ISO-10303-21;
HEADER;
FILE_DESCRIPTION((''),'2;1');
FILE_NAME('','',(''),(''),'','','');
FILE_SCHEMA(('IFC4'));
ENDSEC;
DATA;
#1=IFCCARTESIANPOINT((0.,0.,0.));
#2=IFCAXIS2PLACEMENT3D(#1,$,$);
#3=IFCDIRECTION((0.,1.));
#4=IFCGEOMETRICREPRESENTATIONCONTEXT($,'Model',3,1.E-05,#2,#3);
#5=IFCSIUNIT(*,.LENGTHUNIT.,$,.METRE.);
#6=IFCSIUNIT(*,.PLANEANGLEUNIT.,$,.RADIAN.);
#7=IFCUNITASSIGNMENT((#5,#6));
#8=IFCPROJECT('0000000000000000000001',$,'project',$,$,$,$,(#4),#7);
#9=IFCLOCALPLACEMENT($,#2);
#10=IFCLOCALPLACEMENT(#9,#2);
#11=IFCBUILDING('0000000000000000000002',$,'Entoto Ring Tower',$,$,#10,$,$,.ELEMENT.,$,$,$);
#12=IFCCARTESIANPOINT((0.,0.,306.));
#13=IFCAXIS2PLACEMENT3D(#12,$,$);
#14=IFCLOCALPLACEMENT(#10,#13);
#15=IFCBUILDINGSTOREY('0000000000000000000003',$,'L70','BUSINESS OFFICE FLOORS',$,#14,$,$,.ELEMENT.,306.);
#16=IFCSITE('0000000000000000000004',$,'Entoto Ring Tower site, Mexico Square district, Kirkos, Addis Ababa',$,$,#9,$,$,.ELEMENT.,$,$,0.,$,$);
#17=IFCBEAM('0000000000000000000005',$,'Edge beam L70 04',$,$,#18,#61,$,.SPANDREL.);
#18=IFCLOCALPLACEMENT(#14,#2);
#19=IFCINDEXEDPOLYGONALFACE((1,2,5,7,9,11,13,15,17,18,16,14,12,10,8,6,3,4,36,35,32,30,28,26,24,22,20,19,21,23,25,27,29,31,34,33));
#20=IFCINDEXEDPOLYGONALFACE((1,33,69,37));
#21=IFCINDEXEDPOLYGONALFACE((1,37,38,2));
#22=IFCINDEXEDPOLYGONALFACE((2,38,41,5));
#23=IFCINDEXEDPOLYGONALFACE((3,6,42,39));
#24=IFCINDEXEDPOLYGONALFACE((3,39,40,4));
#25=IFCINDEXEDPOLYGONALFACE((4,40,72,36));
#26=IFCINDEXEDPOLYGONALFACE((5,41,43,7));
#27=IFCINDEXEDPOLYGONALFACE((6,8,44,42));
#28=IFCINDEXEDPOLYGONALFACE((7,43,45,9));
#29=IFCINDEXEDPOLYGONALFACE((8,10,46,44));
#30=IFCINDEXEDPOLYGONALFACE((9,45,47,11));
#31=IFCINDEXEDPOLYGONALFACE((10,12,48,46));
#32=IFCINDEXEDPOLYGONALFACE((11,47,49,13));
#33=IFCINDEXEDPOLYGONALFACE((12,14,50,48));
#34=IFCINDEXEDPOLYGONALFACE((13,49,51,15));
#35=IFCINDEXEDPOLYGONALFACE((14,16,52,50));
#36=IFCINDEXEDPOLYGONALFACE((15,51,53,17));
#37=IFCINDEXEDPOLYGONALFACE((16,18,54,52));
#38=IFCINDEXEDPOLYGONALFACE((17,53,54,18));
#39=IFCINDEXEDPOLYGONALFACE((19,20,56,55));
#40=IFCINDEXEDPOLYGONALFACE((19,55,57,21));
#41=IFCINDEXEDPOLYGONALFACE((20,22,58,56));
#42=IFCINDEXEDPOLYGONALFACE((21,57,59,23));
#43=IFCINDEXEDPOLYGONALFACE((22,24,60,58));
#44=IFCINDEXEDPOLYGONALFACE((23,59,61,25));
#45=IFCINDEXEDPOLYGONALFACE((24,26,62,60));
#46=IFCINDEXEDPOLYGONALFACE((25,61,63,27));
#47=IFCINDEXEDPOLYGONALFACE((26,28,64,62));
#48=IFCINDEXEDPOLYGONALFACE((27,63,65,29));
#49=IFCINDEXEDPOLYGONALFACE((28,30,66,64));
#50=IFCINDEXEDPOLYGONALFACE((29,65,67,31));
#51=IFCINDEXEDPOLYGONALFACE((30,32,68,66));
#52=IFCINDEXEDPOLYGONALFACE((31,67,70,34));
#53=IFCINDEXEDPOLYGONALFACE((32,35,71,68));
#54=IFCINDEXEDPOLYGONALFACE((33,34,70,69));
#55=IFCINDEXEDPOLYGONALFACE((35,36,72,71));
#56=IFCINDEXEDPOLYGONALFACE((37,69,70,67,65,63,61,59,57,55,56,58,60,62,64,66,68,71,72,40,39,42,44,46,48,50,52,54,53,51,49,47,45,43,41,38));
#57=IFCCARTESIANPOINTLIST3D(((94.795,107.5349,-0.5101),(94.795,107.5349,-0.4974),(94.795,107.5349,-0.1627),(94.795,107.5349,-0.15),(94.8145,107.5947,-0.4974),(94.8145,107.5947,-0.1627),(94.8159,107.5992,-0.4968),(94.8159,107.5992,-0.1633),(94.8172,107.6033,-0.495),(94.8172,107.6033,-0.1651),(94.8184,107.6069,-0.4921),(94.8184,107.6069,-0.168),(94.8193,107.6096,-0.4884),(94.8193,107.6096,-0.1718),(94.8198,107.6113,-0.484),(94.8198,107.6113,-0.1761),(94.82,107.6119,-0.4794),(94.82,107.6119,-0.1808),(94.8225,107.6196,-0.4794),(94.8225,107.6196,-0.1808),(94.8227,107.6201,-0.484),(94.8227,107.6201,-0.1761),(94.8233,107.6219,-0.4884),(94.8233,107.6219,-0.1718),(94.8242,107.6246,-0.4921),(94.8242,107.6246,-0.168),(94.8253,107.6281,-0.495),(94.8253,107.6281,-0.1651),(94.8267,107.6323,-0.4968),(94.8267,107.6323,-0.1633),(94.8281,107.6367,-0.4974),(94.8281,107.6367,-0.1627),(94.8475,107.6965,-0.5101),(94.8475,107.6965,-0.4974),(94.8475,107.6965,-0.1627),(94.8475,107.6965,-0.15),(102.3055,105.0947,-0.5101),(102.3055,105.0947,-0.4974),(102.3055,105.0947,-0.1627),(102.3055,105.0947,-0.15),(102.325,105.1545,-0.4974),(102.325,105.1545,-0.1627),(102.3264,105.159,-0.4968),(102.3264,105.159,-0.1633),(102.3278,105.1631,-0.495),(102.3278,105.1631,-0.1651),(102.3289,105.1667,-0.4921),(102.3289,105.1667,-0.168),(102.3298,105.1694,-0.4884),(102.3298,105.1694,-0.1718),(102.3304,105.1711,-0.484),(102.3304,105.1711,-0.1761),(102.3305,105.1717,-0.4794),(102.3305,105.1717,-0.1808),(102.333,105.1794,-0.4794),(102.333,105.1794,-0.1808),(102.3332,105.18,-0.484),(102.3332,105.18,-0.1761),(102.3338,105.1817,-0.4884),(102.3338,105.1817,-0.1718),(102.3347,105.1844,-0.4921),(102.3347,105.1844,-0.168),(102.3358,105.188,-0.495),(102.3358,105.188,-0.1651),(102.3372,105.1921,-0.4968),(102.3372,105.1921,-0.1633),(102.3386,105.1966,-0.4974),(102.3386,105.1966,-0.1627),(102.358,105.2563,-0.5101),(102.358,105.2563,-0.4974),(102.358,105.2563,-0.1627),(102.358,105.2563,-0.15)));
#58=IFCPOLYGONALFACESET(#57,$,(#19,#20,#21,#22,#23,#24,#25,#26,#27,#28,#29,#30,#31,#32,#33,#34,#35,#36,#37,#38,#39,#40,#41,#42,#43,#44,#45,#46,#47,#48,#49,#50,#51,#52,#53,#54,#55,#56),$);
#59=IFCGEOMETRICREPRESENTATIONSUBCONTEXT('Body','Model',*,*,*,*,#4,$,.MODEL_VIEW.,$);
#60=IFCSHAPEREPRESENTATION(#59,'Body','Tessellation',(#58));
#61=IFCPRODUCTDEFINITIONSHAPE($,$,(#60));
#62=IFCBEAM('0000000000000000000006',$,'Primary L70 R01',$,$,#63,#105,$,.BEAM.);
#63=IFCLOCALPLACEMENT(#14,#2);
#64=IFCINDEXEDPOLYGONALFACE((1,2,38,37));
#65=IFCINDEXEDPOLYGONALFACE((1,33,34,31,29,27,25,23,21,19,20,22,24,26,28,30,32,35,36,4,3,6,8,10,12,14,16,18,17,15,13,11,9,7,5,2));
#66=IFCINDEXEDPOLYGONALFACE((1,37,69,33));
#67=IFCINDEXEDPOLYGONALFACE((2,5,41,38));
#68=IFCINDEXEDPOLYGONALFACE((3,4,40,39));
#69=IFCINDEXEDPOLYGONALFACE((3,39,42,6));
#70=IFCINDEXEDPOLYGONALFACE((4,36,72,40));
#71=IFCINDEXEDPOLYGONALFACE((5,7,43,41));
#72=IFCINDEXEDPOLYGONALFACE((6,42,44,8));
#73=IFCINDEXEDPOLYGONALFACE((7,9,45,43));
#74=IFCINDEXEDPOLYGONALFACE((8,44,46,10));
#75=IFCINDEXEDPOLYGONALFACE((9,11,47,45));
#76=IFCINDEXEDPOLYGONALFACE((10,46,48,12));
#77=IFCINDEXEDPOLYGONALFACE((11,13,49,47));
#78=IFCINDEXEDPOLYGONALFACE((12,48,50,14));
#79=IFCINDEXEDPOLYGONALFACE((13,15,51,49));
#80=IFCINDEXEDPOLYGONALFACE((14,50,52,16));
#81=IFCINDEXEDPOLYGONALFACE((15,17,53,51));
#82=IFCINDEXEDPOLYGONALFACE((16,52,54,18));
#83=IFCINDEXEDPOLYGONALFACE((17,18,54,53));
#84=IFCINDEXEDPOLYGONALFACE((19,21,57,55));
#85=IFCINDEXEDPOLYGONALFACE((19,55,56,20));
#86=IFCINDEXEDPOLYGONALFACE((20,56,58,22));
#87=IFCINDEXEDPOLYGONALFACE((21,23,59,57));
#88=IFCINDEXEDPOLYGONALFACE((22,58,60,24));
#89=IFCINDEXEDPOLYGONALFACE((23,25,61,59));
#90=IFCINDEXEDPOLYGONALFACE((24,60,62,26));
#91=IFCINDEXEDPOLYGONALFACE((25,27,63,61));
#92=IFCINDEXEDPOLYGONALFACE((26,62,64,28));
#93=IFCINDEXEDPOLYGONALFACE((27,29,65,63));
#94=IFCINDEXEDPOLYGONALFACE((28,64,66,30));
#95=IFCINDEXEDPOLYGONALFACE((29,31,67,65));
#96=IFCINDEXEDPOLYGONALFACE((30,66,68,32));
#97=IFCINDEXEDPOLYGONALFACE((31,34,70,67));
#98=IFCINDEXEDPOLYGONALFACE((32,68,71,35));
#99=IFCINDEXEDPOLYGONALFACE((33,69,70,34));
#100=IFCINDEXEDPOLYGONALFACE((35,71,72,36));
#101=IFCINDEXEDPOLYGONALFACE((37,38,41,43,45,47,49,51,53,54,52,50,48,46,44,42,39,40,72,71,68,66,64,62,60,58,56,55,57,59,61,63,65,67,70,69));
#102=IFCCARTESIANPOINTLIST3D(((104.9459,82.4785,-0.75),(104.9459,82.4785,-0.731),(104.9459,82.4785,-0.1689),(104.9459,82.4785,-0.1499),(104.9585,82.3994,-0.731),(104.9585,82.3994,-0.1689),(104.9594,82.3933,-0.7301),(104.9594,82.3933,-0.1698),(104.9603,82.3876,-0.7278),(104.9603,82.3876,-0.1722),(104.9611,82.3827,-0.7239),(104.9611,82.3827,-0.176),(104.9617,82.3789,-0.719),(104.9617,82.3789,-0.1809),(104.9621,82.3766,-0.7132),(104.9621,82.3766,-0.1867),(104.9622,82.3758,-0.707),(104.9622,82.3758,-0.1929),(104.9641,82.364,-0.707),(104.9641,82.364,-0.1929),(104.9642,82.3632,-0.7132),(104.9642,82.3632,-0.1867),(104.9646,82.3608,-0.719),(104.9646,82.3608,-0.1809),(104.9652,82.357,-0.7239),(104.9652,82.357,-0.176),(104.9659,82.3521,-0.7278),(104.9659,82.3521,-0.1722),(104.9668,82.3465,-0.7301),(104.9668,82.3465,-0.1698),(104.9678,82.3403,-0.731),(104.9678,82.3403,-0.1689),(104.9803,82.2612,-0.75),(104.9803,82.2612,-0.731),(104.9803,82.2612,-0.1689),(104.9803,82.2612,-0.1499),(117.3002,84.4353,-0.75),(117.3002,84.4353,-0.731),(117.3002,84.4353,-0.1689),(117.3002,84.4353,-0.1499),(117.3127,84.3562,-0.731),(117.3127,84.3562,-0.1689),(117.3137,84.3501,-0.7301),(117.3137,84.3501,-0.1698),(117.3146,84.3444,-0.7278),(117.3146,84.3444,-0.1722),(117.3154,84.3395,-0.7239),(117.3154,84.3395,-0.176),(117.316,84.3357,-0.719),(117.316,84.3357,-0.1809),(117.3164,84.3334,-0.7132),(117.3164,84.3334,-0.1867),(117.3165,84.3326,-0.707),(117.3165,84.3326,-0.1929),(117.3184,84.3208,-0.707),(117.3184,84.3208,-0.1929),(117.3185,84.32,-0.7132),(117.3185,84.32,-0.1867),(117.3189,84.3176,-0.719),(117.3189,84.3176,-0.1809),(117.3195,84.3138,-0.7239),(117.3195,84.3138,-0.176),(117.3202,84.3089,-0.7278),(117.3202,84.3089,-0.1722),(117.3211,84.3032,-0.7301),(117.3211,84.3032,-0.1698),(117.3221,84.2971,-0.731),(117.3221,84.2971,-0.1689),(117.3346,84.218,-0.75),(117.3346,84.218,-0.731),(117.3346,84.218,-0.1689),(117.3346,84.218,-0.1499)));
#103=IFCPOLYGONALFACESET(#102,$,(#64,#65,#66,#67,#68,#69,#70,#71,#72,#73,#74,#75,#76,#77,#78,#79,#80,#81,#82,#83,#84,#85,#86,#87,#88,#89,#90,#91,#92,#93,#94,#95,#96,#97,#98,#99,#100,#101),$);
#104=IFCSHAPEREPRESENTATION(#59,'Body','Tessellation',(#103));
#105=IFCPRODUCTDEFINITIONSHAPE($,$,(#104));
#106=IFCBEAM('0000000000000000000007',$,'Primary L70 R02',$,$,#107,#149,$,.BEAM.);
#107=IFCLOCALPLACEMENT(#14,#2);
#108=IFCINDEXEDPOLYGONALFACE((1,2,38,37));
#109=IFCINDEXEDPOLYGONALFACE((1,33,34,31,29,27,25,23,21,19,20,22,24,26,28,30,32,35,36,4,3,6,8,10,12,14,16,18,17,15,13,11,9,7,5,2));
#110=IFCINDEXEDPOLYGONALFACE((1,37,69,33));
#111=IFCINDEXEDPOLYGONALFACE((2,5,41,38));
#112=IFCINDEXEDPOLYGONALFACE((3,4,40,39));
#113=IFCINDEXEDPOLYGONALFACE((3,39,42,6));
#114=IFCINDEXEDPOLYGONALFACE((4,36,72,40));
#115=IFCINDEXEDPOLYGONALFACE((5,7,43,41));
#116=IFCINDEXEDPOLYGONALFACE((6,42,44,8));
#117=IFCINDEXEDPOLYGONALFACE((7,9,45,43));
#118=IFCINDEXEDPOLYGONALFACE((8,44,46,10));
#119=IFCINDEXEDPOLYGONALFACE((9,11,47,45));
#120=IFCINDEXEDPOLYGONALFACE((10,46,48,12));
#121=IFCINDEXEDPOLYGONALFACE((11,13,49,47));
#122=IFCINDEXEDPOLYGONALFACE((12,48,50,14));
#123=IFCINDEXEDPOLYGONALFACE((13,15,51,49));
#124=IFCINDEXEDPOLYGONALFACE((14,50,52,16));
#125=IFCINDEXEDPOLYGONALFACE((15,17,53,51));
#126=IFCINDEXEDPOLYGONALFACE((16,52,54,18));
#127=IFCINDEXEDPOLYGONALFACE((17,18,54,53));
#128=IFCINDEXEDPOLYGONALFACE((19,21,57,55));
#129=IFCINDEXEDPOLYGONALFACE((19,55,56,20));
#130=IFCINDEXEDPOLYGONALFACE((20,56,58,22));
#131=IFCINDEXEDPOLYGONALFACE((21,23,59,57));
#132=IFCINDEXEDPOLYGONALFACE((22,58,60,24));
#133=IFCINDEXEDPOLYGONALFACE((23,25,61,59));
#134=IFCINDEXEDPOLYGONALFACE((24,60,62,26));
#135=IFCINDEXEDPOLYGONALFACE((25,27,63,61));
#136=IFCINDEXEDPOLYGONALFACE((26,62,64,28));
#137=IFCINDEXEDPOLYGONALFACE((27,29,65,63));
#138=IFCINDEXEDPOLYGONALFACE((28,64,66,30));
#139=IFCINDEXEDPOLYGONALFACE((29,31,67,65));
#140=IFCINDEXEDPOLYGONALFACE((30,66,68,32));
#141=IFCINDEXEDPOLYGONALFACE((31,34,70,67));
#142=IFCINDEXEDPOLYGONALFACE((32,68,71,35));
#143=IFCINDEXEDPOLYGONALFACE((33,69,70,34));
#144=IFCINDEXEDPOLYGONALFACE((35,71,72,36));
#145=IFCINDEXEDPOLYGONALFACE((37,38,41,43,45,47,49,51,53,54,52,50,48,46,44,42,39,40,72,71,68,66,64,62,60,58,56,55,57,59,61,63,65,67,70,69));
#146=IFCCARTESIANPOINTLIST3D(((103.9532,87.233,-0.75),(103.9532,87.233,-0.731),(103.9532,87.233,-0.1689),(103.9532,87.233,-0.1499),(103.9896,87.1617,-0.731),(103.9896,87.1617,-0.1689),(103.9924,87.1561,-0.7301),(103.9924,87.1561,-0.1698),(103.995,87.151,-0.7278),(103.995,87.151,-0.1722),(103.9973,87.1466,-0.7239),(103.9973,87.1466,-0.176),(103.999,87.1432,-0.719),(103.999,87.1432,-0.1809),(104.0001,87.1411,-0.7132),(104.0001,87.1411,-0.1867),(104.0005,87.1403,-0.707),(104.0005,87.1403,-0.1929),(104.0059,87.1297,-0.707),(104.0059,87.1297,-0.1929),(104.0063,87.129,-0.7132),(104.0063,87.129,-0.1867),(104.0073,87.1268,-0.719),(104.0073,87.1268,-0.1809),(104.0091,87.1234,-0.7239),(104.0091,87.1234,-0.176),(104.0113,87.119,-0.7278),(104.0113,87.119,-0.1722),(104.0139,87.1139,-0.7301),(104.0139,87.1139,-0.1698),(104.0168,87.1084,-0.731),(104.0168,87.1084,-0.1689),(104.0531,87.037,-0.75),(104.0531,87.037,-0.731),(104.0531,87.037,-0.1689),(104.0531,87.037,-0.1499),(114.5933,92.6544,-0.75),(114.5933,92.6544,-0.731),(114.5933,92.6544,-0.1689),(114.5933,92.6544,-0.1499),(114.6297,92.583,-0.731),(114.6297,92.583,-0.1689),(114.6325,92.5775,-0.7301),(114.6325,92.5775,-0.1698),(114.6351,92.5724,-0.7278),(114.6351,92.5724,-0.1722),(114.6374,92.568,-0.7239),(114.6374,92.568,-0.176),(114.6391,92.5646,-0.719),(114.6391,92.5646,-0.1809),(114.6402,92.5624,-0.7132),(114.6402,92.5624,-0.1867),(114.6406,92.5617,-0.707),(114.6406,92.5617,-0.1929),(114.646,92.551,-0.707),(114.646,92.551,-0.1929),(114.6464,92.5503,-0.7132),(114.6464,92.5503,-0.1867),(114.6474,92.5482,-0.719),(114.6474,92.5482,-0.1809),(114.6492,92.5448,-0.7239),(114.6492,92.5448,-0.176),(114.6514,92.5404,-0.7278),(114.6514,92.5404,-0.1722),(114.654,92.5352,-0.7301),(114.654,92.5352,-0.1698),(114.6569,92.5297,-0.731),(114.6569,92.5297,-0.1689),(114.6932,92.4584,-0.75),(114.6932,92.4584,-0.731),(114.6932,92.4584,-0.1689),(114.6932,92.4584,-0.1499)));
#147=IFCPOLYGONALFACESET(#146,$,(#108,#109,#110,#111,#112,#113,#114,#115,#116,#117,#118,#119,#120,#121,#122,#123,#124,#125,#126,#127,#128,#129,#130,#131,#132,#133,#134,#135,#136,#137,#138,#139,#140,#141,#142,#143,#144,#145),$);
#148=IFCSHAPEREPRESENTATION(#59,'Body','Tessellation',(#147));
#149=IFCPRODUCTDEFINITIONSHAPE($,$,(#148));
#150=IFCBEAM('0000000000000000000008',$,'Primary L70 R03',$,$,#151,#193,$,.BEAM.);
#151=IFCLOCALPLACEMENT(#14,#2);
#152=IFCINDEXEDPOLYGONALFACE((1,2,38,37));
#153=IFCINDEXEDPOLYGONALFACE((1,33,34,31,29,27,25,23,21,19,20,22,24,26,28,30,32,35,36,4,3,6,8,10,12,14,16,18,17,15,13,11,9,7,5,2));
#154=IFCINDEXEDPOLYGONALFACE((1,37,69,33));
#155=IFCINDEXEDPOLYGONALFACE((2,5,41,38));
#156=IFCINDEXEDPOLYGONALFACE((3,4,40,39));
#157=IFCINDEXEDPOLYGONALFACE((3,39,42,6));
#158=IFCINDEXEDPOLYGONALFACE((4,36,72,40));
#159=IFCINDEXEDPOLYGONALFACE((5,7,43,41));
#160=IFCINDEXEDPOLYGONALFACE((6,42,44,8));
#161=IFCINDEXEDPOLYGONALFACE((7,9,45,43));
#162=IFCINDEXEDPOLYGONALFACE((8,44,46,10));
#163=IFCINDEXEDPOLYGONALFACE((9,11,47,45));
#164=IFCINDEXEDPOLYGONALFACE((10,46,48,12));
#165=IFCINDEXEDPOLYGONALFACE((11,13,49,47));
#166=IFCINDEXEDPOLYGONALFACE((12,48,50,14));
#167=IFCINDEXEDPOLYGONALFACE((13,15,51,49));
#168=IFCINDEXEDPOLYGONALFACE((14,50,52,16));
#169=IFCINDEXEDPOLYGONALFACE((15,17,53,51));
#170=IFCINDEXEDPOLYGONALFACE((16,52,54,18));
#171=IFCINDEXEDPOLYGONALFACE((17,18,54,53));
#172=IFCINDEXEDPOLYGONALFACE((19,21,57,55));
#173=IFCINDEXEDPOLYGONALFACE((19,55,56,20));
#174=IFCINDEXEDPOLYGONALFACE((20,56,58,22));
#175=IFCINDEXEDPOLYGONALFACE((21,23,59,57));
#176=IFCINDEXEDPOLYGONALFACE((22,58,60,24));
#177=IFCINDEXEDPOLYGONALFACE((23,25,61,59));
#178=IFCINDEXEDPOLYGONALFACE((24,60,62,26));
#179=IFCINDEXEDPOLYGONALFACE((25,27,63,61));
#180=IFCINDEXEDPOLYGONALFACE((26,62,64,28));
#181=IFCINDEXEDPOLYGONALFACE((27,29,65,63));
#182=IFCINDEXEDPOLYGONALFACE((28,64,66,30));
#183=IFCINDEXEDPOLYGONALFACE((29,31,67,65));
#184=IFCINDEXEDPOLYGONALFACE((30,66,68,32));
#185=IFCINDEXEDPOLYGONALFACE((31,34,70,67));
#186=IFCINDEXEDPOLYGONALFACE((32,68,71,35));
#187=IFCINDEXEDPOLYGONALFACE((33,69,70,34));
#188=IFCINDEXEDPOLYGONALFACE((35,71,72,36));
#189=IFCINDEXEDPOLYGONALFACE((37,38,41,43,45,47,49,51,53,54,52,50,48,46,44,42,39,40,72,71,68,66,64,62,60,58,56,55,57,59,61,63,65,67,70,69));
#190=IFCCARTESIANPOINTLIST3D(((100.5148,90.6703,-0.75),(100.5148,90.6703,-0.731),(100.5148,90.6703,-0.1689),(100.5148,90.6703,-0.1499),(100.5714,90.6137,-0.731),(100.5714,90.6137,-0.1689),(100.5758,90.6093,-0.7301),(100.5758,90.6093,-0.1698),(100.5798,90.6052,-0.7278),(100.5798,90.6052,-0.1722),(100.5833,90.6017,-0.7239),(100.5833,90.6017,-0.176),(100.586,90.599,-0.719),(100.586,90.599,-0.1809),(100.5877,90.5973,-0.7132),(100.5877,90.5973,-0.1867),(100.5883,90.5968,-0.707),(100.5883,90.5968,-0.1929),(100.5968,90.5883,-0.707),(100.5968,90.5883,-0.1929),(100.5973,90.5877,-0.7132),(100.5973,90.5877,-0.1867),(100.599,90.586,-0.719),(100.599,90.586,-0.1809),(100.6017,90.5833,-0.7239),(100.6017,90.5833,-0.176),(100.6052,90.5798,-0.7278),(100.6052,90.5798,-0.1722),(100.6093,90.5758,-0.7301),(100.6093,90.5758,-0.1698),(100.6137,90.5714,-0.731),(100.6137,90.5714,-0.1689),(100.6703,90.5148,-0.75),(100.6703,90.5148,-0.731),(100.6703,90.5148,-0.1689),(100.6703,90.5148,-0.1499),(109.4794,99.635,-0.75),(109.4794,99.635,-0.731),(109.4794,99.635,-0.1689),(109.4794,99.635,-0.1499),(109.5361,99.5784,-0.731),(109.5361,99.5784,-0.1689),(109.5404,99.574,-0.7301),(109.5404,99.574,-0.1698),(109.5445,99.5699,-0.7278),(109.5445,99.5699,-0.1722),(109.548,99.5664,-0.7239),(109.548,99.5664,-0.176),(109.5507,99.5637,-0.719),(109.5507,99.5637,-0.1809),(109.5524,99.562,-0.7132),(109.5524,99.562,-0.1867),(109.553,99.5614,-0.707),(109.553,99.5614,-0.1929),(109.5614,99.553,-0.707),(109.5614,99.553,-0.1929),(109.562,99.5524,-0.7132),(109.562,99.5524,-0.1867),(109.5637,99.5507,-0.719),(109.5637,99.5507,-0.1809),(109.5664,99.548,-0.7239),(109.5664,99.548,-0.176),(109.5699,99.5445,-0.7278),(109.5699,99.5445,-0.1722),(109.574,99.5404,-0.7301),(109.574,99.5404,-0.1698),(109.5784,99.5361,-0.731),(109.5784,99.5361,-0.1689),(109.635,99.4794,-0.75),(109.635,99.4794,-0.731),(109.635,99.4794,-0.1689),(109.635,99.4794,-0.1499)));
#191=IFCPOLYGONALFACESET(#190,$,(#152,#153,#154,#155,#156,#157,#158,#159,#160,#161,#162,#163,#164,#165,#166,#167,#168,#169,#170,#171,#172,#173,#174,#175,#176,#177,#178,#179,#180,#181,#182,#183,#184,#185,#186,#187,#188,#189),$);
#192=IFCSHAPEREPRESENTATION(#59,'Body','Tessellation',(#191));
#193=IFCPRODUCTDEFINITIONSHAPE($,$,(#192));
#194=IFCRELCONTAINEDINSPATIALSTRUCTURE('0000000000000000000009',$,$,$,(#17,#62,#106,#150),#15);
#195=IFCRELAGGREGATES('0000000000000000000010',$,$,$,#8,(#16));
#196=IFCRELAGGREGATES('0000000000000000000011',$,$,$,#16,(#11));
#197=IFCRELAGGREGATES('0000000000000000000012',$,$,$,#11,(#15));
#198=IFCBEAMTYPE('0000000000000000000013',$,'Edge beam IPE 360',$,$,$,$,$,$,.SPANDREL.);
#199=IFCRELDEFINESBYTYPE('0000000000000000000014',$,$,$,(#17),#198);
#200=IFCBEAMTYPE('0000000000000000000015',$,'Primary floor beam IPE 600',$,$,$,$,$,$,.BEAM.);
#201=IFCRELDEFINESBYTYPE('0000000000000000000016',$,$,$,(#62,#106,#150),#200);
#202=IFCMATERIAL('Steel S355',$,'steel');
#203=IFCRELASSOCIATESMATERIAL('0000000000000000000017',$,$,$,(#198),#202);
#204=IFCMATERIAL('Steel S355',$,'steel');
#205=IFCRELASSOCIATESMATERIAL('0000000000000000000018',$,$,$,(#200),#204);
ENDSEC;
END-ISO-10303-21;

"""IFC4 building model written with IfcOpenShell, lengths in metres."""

from ifc_helpers import new_model, si_unit, direction, frame, origin, origin_2d, place, context, subcontext, project, spatial, i_section, extrude, material, material_profile, profile_set, type_object, element, save


model = new_model("IFC4")

# Units and contexts
model_context = context("Model", 3, precision=1e-05, world=origin(), true_north=direction((0.0, 1.0)))
body_context = subcontext(model_context, "Body", "Model", "MODEL_VIEW")
ifc_project = project(units=[si_unit("LENGTHUNIT", "METRE"), si_unit("PLANEANGLEUNIT", "RADIAN")], contexts=[model_context])

# Site, building, storey
site_placement = place(None, origin())
site = spatial("IfcSite", under=ifc_project, at=site_placement, Name="Entoto Ring Tower site, Mexico Square district, Kirkos, Addis Ababa", CompositionType="ELEMENT", RefElevation=0.0)
building_placement = place(site_placement, origin())
building = spatial("IfcBuilding", under=site, at=building_placement, Name="Entoto Ring Tower", CompositionType="ELEMENT")
storey_placement = place(building_placement, frame((0.0, 0.0, 306.0)))
storey = spatial("IfcBuildingStorey", under=building, at=storey_placement, Name="L70", Description="BUSINESS OFFICE FLOORS", CompositionType="ELEMENT", Elevation=306.0)

# Beams
ifc_material_1 = material(Name="Steel S355", Category="steel")
ifc_material_profile_1 = material_profile(ifc_material_1, i_section(OverallWidth=0.1699, OverallDepth=0.3601, WebThickness=0.0081, FlangeThickness=0.0127, FilletRadius=0.0181, at=origin_2d()), Name="IPE 360")
ifc_profile_set_1 = profile_set([ifc_material_profile_1], Name="Steel S355")
beam_type_1 = type_object("IfcBeamType", Name="Edge beam IPE 360", PredefinedType="SPANDREL", material=ifc_profile_set_1)
beam_1_placement = place(storey_placement, frame((102.3318, 105.1755, -0.3301), z_axis=(-0.951061, 0.309003, 0.0), x_axis=(-0.309003, -0.951061, 0.0)))
element("IfcBeam", 1, at=beam_1_placement, inside=storey, type_object=beam_type_1, Name="Edge beam L70 04", PredefinedType="SPANDREL", context=body_context, shape_type="SweptSolid", body=[
    extrude(i_section(OverallWidth=0.1699, OverallDepth=0.3601, WebThickness=0.0081, FlangeThickness=0.0127, FilletRadius=0.0181, at=origin_2d()), origin(), (0.0, 0.0, 1.0), 7.897),
])
ifc_material_2 = material(Name="Steel S355", Category="steel")
ifc_material_profile_2 = material_profile(ifc_material_2, i_section(OverallWidth=0.22, OverallDepth=0.6001, WebThickness=0.012, FlangeThickness=0.019, FilletRadius=0.0239, at=origin_2d()), Name="IPE 600")
ifc_profile_set_2 = profile_set([ifc_material_profile_2], Name="Steel S355")
beam_type_2 = type_object("IfcBeamType", Name="Primary floor beam IPE 600", PredefinedType="BEAM", material=ifc_profile_set_2)
beam_2_placement = place(storey_placement, frame((104.9631, 82.3699, -0.45), z_axis=(0.987688, 0.15644, 0.0), x_axis=(-0.15644, 0.987688, 0.0)))
element("IfcBeam", 2, at=beam_2_placement, inside=storey, type_object=beam_type_2, Name="Primary L70 R01", PredefinedType="BEAM", context=body_context, shape_type="SweptSolid", body=[
    extrude(i_section(OverallWidth=0.22, OverallDepth=0.6001, WebThickness=0.012, FlangeThickness=0.019, FilletRadius=0.0239, at=origin_2d()), origin(), (0.0, 0.0, 1.0), 12.5083),
])
beam_3_placement = place(storey_placement, frame((104.0032, 87.135, -0.45), z_axis=(0.891008, 0.453988, 0.0), x_axis=(-0.453988, 0.891008, 0.0)))
element("IfcBeam", 3, at=beam_3_placement, inside=storey, type_object=beam_type_2, Name="Primary L70 R02", PredefinedType="BEAM", context=body_context, shape_type="SweptSolid", body=[
    extrude(i_section(OverallWidth=0.22, OverallDepth=0.6001, WebThickness=0.012, FlangeThickness=0.019, FilletRadius=0.0239, at=origin_2d()), origin(), (0.0, 0.0, 1.0), 11.9417),
])
beam_4_placement = place(storey_placement, frame((100.5925, 90.5925, -0.45), z_axis=(0.707107, 0.707107, 0.0), x_axis=(-0.707107, 0.707107, 0.0)))
element("IfcBeam", 4, at=beam_4_placement, inside=storey, type_object=beam_type_2, Name="Primary L70 R03", PredefinedType="BEAM", context=body_context, shape_type="SweptSolid", body=[
    extrude(i_section(OverallWidth=0.22, OverallDepth=0.6001, WebThickness=0.012, FlangeThickness=0.019, FilletRadius=0.0239, at=origin_2d()), origin(), (0.0, 0.0, 1.0), 12.678),
])

save(model, "model.ifc")
